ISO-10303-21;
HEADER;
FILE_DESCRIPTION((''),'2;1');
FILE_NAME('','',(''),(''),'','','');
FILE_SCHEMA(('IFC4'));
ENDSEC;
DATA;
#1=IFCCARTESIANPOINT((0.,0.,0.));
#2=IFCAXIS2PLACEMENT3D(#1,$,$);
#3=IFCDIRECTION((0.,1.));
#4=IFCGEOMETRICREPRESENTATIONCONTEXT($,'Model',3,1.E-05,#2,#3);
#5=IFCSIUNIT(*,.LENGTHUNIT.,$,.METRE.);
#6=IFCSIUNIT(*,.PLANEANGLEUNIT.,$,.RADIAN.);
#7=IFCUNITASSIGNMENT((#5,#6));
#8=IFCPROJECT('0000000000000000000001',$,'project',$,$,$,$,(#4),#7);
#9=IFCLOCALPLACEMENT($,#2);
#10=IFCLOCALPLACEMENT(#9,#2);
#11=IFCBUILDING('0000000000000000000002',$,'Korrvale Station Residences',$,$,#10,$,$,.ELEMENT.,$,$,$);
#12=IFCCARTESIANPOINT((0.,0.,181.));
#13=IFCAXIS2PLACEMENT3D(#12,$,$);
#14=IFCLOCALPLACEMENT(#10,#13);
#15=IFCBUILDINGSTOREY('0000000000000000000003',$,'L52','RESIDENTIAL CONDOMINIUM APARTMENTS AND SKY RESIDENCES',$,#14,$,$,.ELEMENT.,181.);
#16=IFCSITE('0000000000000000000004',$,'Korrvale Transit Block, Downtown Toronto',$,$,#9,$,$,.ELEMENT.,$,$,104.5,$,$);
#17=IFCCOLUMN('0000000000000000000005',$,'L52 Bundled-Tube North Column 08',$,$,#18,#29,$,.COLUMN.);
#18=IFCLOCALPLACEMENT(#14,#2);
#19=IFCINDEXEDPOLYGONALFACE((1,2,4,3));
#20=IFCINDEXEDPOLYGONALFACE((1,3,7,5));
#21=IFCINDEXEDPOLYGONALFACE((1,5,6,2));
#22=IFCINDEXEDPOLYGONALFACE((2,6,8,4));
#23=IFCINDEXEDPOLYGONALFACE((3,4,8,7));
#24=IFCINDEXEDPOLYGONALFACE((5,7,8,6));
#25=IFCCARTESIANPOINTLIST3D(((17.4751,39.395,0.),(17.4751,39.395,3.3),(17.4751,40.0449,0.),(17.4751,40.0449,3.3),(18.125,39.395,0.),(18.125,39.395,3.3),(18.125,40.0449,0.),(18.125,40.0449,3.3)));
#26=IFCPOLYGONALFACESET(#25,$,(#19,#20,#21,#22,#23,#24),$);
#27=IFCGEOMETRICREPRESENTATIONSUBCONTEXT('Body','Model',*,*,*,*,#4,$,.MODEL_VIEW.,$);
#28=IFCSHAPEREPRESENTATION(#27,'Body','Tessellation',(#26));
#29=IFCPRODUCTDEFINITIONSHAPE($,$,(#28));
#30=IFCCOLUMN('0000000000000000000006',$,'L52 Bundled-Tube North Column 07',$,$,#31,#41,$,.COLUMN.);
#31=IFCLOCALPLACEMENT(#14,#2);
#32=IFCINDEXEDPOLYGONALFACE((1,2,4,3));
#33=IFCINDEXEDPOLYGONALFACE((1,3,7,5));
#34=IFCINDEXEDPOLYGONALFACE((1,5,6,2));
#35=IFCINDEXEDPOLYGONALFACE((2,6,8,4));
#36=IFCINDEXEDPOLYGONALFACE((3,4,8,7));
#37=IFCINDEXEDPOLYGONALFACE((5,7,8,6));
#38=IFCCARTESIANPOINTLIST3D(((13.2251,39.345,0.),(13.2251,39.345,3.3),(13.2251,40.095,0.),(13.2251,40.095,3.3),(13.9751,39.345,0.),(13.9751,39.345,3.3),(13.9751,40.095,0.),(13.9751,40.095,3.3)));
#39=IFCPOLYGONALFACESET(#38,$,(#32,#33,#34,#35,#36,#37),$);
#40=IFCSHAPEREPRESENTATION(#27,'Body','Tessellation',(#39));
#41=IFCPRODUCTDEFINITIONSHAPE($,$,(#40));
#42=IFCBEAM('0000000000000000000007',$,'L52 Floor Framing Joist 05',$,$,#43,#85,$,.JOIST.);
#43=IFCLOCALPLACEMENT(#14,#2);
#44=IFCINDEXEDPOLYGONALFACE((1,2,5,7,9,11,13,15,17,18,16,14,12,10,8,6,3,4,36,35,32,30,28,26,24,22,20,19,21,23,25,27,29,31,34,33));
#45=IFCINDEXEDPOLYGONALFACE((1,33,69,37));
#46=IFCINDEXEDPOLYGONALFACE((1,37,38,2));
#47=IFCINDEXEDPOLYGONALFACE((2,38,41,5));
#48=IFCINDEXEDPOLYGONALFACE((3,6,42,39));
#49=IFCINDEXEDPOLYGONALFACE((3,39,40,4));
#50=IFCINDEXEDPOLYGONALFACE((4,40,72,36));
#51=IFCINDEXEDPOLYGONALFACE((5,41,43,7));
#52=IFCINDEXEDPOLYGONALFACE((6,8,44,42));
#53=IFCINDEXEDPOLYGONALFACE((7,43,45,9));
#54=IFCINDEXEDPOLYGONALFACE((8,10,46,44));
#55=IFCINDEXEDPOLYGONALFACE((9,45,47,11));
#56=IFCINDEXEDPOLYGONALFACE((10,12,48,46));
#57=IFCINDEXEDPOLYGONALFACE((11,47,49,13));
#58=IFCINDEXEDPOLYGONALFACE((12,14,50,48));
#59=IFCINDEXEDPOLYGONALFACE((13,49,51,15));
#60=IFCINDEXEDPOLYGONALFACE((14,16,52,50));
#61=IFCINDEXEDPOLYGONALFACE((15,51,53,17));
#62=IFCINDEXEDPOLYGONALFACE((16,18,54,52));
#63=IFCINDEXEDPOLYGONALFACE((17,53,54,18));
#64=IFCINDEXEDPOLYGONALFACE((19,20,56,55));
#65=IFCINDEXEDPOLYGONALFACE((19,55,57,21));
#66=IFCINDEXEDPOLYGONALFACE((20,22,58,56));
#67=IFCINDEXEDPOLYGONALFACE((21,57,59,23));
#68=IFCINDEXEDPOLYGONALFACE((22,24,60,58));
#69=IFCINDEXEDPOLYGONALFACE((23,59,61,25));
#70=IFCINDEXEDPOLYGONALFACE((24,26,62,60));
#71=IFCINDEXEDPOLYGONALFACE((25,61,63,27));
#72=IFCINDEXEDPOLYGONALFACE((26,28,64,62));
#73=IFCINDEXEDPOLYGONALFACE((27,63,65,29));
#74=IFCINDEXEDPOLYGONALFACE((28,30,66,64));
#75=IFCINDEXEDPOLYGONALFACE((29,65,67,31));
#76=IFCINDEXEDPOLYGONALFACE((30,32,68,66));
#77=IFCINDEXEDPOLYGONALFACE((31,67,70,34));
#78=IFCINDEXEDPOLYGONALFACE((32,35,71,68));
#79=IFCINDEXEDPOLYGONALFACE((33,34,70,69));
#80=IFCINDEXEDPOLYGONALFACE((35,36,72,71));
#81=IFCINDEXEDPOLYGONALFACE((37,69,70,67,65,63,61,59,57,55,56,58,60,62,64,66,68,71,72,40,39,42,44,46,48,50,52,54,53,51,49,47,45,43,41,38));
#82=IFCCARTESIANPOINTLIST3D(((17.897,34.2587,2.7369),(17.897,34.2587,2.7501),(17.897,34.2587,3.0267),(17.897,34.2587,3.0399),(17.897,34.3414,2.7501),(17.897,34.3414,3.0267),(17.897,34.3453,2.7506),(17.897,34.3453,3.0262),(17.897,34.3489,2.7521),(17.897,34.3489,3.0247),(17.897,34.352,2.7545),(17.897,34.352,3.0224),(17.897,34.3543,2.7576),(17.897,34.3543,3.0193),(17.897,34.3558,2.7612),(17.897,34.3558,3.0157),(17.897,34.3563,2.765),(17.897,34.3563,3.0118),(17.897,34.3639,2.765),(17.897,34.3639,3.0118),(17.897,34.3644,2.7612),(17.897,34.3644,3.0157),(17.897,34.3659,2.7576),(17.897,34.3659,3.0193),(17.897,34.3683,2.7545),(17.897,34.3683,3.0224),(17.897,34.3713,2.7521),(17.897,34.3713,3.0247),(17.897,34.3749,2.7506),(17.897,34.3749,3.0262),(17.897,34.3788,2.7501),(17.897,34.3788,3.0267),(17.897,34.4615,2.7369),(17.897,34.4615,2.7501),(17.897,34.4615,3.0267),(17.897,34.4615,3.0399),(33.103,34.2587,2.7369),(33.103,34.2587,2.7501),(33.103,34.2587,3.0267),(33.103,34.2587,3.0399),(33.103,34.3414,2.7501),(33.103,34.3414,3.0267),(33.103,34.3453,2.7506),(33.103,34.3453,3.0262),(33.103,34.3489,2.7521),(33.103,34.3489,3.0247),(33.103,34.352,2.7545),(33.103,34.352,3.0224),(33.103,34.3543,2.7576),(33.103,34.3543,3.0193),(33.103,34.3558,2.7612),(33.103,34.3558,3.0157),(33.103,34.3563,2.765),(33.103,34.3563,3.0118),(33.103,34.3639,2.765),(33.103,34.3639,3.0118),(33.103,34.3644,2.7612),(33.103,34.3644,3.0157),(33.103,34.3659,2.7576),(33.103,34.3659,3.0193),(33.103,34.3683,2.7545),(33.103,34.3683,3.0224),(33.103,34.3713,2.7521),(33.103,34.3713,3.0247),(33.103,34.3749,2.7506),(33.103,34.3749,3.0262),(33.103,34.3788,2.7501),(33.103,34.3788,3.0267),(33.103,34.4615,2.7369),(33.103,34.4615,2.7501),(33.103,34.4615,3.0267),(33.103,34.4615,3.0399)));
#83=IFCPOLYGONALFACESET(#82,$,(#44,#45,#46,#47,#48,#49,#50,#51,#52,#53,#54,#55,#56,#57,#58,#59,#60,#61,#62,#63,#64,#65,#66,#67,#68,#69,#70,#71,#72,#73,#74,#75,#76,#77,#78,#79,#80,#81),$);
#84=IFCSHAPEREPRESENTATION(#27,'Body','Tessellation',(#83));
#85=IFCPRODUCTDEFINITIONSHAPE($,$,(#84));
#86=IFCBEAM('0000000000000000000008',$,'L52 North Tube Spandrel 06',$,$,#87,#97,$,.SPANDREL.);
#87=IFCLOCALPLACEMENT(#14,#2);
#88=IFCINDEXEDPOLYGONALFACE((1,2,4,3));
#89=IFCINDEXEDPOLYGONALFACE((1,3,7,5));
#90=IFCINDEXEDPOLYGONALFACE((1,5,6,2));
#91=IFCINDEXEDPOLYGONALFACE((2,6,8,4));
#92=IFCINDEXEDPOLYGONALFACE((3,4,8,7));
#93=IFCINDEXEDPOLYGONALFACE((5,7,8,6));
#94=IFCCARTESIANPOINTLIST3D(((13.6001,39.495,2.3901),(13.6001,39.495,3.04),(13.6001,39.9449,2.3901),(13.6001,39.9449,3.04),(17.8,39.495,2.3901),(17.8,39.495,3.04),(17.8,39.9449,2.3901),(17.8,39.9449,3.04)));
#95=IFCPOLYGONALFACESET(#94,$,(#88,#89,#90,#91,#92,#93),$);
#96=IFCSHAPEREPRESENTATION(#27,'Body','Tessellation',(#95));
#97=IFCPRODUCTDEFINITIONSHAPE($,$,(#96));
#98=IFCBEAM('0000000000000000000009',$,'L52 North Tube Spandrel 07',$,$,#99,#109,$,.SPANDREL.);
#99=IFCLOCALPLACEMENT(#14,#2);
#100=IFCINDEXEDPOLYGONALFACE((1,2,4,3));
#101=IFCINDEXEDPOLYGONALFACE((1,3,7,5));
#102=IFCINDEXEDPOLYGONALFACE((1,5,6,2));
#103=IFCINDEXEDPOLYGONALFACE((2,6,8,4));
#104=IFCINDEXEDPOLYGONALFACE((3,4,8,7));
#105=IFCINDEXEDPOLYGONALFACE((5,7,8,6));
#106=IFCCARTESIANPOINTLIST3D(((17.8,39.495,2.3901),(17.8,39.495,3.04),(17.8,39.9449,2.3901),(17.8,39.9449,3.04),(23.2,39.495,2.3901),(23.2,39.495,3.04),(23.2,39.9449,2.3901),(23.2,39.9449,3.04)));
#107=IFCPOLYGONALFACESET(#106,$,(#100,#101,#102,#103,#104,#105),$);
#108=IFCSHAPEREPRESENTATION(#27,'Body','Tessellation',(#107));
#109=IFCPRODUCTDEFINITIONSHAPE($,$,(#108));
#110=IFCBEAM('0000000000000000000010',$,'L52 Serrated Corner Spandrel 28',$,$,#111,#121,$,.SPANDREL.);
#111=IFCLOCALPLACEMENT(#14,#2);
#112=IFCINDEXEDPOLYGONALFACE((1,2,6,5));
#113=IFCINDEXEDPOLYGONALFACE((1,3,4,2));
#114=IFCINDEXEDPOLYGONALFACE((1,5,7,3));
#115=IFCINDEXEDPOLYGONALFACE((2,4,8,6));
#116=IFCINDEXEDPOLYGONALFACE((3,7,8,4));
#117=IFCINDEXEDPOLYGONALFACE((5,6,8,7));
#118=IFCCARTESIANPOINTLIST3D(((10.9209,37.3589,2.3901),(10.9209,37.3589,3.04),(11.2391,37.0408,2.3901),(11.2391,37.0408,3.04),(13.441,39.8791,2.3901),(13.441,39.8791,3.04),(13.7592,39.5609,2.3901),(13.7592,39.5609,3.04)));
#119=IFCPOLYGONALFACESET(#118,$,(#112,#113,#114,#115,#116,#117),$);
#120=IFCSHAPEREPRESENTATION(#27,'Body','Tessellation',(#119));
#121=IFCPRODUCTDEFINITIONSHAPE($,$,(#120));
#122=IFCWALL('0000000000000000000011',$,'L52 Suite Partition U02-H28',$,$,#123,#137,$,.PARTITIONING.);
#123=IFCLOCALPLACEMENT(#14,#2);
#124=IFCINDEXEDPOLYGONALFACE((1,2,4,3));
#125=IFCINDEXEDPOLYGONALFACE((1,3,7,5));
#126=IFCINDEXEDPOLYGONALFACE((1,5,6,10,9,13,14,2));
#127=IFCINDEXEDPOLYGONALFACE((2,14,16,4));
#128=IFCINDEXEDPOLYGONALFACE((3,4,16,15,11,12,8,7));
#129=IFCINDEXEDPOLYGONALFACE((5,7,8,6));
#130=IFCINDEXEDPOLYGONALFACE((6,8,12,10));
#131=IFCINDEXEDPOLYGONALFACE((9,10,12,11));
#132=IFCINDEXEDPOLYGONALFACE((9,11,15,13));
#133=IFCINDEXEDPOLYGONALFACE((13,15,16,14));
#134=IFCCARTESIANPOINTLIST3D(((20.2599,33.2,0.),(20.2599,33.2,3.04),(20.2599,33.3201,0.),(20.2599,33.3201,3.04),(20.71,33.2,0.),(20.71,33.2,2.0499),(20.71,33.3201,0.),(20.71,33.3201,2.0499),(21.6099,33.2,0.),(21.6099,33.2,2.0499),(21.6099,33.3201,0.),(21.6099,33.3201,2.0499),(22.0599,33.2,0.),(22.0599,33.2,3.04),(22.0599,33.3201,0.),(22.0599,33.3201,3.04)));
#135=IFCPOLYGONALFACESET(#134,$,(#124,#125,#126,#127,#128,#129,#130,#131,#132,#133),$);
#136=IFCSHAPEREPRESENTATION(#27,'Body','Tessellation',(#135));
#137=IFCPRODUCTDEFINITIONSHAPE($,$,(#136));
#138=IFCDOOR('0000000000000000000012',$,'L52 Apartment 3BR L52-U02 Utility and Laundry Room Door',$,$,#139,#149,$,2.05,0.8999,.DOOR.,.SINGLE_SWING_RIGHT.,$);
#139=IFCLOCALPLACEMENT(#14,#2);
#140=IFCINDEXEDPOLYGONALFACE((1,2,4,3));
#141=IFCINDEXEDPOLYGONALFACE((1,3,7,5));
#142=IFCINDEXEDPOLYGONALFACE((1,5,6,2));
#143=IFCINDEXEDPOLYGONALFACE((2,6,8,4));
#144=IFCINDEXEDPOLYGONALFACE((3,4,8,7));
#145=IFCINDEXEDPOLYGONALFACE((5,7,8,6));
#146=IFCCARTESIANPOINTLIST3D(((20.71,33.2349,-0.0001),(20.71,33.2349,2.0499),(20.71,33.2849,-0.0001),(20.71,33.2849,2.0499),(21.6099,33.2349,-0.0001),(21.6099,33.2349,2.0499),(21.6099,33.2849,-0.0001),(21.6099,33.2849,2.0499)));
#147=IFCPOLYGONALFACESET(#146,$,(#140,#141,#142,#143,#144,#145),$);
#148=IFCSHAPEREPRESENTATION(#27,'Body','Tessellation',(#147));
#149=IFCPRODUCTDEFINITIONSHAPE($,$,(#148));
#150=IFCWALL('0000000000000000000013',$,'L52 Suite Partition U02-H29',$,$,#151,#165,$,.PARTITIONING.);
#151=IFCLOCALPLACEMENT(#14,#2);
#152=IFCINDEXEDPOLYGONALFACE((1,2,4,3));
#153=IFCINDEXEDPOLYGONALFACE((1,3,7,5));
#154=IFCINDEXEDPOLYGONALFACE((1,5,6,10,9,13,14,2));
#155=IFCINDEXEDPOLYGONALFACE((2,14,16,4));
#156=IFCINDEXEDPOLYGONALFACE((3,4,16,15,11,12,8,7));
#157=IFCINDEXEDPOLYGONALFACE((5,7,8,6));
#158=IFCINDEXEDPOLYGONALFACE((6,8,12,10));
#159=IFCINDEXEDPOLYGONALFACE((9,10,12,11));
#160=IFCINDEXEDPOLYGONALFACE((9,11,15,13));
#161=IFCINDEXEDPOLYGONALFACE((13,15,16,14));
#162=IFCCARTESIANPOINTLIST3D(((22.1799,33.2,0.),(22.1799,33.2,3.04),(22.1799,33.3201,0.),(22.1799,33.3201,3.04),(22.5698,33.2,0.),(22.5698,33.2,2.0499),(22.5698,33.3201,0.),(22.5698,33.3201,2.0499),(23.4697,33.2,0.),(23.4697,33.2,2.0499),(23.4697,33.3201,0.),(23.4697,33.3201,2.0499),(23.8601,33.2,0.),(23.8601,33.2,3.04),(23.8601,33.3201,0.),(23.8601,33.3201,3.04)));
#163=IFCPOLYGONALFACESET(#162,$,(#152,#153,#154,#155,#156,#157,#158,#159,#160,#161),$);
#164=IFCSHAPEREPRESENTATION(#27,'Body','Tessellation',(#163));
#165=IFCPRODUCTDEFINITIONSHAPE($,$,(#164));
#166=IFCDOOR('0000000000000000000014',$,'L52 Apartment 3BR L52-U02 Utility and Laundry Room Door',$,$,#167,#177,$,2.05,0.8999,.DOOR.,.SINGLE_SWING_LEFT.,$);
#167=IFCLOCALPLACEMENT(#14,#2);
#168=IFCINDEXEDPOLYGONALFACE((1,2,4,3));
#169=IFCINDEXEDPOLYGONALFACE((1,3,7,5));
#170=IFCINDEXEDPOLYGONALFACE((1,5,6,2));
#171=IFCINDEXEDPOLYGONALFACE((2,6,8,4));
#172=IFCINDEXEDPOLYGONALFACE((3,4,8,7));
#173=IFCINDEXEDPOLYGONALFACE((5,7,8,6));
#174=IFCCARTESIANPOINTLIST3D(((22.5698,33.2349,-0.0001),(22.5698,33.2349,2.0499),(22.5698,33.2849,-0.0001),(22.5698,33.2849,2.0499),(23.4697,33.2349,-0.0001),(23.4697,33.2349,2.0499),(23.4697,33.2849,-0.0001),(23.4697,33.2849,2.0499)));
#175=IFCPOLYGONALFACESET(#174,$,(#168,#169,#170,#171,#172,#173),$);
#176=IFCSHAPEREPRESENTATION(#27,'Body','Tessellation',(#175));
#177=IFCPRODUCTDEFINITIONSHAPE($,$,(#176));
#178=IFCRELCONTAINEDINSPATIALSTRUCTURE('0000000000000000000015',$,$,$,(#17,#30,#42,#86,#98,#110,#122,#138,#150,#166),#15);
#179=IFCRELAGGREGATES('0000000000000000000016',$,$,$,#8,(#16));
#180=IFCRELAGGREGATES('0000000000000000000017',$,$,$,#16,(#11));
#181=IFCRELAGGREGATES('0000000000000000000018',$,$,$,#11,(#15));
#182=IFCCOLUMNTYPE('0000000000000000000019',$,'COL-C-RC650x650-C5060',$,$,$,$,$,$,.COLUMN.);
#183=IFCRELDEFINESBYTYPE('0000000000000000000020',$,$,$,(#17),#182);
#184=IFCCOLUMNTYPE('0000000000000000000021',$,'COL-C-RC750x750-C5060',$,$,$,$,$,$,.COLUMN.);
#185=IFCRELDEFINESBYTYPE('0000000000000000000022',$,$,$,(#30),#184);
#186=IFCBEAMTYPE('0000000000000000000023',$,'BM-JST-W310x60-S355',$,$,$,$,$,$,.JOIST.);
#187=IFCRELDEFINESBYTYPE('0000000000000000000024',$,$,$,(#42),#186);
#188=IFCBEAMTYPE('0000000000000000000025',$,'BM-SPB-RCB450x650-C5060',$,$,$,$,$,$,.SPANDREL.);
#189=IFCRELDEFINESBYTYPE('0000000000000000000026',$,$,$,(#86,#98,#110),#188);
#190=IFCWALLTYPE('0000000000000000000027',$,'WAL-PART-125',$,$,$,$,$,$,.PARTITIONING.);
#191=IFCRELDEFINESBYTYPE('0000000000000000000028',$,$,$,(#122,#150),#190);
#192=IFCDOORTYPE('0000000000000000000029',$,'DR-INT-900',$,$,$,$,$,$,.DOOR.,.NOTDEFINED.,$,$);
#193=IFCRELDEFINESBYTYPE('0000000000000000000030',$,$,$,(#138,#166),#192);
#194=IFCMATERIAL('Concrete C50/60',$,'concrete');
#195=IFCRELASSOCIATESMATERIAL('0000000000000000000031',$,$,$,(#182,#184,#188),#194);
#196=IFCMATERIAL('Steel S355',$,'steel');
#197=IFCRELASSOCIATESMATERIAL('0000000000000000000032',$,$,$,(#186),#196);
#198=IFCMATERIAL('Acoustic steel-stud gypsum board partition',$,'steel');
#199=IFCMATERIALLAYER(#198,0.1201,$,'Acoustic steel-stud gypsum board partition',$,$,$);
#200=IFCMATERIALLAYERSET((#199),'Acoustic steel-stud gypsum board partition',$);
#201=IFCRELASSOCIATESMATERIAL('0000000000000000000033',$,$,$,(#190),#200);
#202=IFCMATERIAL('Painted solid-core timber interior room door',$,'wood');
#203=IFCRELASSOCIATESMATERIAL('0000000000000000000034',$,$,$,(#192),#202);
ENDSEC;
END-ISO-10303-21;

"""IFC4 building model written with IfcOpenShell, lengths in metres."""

from ifc_helpers import new_model, si_unit, direction, frame, frame_2d, origin, origin_2d, place, context, subcontext, project, spatial, rectangle, i_section, extrude, material, layer, layer_set, material_profile, profile_set, type_object, element, fill, save


model = new_model("IFC4")

# Units and contexts
model_context = context("Model", 3, precision=1e-05, world=origin(), true_north=direction((0.0, 1.0)))
body_context = subcontext(model_context, "Body", "Model", "MODEL_VIEW")
ifc_project = project(units=[si_unit("LENGTHUNIT", "METRE"), si_unit("PLANEANGLEUNIT", "RADIAN")], contexts=[model_context])

# Site, building, storey
site_placement = place(None, origin())
site = spatial("IfcSite", under=ifc_project, at=site_placement, Name="Korrvale Transit Block, Downtown Toronto", CompositionType="ELEMENT", RefElevation=104.5)
building_placement = place(site_placement, origin())
building = spatial("IfcBuilding", under=site, at=building_placement, Name="Korrvale Station Residences", CompositionType="ELEMENT")
storey_placement = place(building_placement, frame((0.0, 0.0, 181.0)))
storey = spatial("IfcBuildingStorey", under=building, at=storey_placement, Name="L52", Description="RESIDENTIAL CONDOMINIUM APARTMENTS AND SKY RESIDENCES", CompositionType="ELEMENT", Elevation=181.0)

# Columns
ifc_material_1 = material(Name="Concrete C50/60", Category="concrete")
ifc_material_profile_1 = material_profile(ifc_material_1, rectangle(XDim=0.6499, YDim=0.6499, at=origin_2d()), Name="RC650x650")
ifc_profile_set_1 = profile_set([ifc_material_profile_1], Name="Concrete C50/60")
column_type_1 = type_object("IfcColumnType", Name="COL-C-RC650x650-C5060", PredefinedType="COLUMN", material=ifc_profile_set_1)
column_1_placement = place(storey_placement, frame((17.8, 39.72, 0.0), z_axis=(0.0, 0.0, 1.0), x_axis=(1.0, 0.0, 0.0)))
element("IfcColumn", 1, at=column_1_placement, inside=storey, type_object=column_type_1, Name="L52 Bundled-Tube North Column 08", PredefinedType="COLUMN", context=body_context, shape_type="SweptSolid", body=[
    extrude(rectangle(XDim=0.6499, YDim=0.6499, at=origin_2d()), origin(), (0.0, 0.0, 1.0), 3.3),
])
ifc_material_profile_2 = material_profile(ifc_material_1, rectangle(XDim=0.75, YDim=0.75, at=origin_2d()), Name="RC750x750")
ifc_profile_set_2 = profile_set([ifc_material_profile_2], Name="Concrete C50/60")
column_type_2 = type_object("IfcColumnType", Name="COL-C-RC750x750-C5060", PredefinedType="COLUMN", material=ifc_profile_set_2)
column_2_placement = place(storey_placement, frame((13.6001, 39.72, 0.0), z_axis=(0.0, 0.0, 1.0), x_axis=(1.0, 0.0, 0.0)))
element("IfcColumn", 2, at=column_2_placement, inside=storey, type_object=column_type_2, Name="L52 Bundled-Tube North Column 07", PredefinedType="COLUMN", context=body_context, shape_type="SweptSolid", body=[
    extrude(rectangle(XDim=0.75, YDim=0.75, at=origin_2d()), origin(), (0.0, 0.0, 1.0), 3.3),
])

# Beams
ifc_material_2 = material(Name="Steel S355", Category="steel")
ifc_material_profile_3 = material_profile(ifc_material_2, i_section(OverallWidth=0.2029, OverallDepth=0.303, WebThickness=0.0076, FlangeThickness=0.0132, FilletRadius=0.0149, at=origin_2d()), Name="W310x60")
ifc_profile_set_3 = profile_set([ifc_material_profile_3], Name="Steel S355")
beam_type_1 = type_object("IfcBeamType", Name="BM-JST-W310x60-S355", PredefinedType="JOIST", material=ifc_profile_set_3)
beam_1_placement = place(storey_placement, frame((17.897, 34.3601, 2.8884), z_axis=(1.0, 0.0, 0.0), x_axis=(0.0, 1.0, 0.0)))
element("IfcBeam", 3, at=beam_1_placement, inside=storey, type_object=beam_type_1, Name="L52 Floor Framing Joist 05", PredefinedType="JOIST", context=body_context, shape_type="SweptSolid", body=[
    extrude(i_section(OverallWidth=0.2029, OverallDepth=0.303, WebThickness=0.0076, FlangeThickness=0.0132, FilletRadius=0.0149, at=origin_2d()), origin(), (0.0, 0.0, 1.0), 15.2061),
])
ifc_material_profile_4 = material_profile(ifc_material_1, rectangle(XDim=0.45, YDim=0.6499, at=origin_2d()), Name="RCB450x650")
ifc_profile_set_4 = profile_set([ifc_material_profile_4], Name="Concrete C50/60")
beam_type_2 = type_object("IfcBeamType", Name="BM-SPB-RCB450x650-C5060", PredefinedType="SPANDREL", material=ifc_profile_set_4)
beam_2_placement = place(storey_placement, frame((13.6001, 39.72, 2.7151), z_axis=(1.0, 0.0, 0.0), x_axis=(0.0, 1.0, 0.0)))
element("IfcBeam", 4, at=beam_2_placement, inside=storey, type_object=beam_type_2, Name="L52 North Tube Spandrel 06", PredefinedType="SPANDREL", context=body_context, shape_type="SweptSolid", body=[
    extrude(rectangle(XDim=0.45, YDim=0.6499, at=origin_2d()), origin(), (0.0, 0.0, 1.0), 4.2),
])
beam_3_placement = place(storey_placement, frame((17.8, 39.72, 2.7151), z_axis=(1.0, 0.0, 0.0), x_axis=(0.0, 1.0, 0.0)))
element("IfcBeam", 5, at=beam_3_placement, inside=storey, type_object=beam_type_2, Name="L52 North Tube Spandrel 07", PredefinedType="SPANDREL", context=body_context, shape_type="SweptSolid", body=[
    extrude(rectangle(XDim=0.45, YDim=0.6499, at=origin_2d()), origin(), (0.0, 0.0, 1.0), 5.3999),
])
beam_4_placement = place(storey_placement, frame((13.6001, 39.72, 2.7151), z_axis=(-0.707107, -0.707107, 0.0), x_axis=(0.707107, -0.707107, 0.0)))
element("IfcBeam", 6, at=beam_4_placement, inside=storey, type_object=beam_type_2, Name="L52 Serrated Corner Spandrel 28", PredefinedType="SPANDREL", context=body_context, shape_type="SweptSolid", body=[
    extrude(rectangle(XDim=0.45, YDim=0.6499, at=origin_2d()), origin(), (0.0, 0.0, 1.0), 3.564),
])

# Walls, openings, doors
ifc_material_3 = material(Name="Acoustic steel-stud gypsum board partition", Category="steel")
ifc_layer_1 = layer(ifc_material_3, 0.1201, Name="Acoustic steel-stud gypsum board partition")
ifc_layer_set_1 = layer_set([ifc_layer_1], Name="Acoustic steel-stud gypsum board partition")
wall_type = type_object("IfcWallType", Name="WAL-PART-125", PredefinedType="PARTITIONING", material=ifc_layer_set_1)
wall_1_placement = place(storey_placement, frame((20.26, 33.26, 0.0), z_axis=(0.0, 0.0, 1.0), x_axis=(1.0, 0.0, 0.0)))
wall_1 = element("IfcWall", 7, at=wall_1_placement, inside=storey, type_object=wall_type, Name="L52 Suite Partition U02-H28", PredefinedType="PARTITIONING", context=body_context, shape_type="SweptSolid", body=[
    extrude(rectangle(XDim=1.8, YDim=0.1201, at=frame_2d((0.8999, 0.0))), origin(), (0.0, 0.0, 1.0), 3.04),
])
opening_1_placement = place(wall_1_placement, frame((0.45, 0.0, 0.0)))
opening_1 = element("IfcOpeningElement", 8, at=opening_1_placement, cuts=wall_1, PredefinedType="OPENING", context=body_context, shape_type="SweptSolid", body=[
    extrude(rectangle(XDim=0.8999, YDim=2.05, at=frame_2d((0.45, 1.0249))), frame((0.0, 0.0701, 0.0), z_axis=(0.0, -1.0, 0.0), x_axis=(1.0, 0.0, 0.0)), (0.0, 0.0, 1.0), 0.1401),
])
ifc_material_4 = material(Name="Painted solid-core timber interior room door", Category="wood")
door_type = type_object("IfcDoorType", Name="DR-INT-900", OperationType="NOTDEFINED", PredefinedType="DOOR", material=ifc_material_4)
door_1_placement = place(opening_1_placement, origin())
door_1 = element("IfcDoor", 9, at=door_1_placement, inside=storey, type_object=door_type, Name="L52 Apartment 3BR L52-U02 Utility and Laundry Room Door", OperationType="SINGLE_SWING_RIGHT", OverallHeight=2.05, OverallWidth=0.8999, PredefinedType="DOOR", context=body_context, shape_type="SweptSolid", body=[
    extrude(rectangle(XDim=0.8999, YDim=2.05, at=frame_2d((0.45, 1.0249))), frame((0.0, 0.0249, 0.0), z_axis=(0.0, -1.0, 0.0), x_axis=(1.0, 0.0, 0.0)), (0.0, 0.0, 1.0), 0.05),
])
fill(opening_1, door_1)
wall_2_placement = place(storey_placement, frame((22.1799, 33.26, 0.0), z_axis=(0.0, 0.0, 1.0), x_axis=(1.0, 0.0, 0.0)))
wall_2 = element("IfcWall", 10, at=wall_2_placement, inside=storey, type_object=wall_type, Name="L52 Suite Partition U02-H29", PredefinedType="PARTITIONING", context=body_context, shape_type="SweptSolid", body=[
    extrude(rectangle(XDim=1.6802, YDim=0.1201, at=frame_2d((0.8401, 0.0))), origin(), (0.0, 0.0, 1.0), 3.04),
])
opening_2_placement = place(wall_2_placement, frame((0.3899, 0.0, 0.0)))
opening_2 = element("IfcOpeningElement", 11, at=opening_2_placement, cuts=wall_2, PredefinedType="OPENING", context=body_context, shape_type="SweptSolid", body=[
    extrude(rectangle(XDim=0.8999, YDim=2.05, at=frame_2d((0.45, 1.0249))), frame((0.0, 0.0701, 0.0), z_axis=(0.0, -1.0, 0.0), x_axis=(1.0, 0.0, 0.0)), (0.0, 0.0, 1.0), 0.1401),
])
door_2_placement = place(opening_2_placement, origin())
door_2 = element("IfcDoor", 12, at=door_2_placement, inside=storey, type_object=door_type, Name="L52 Apartment 3BR L52-U02 Utility and Laundry Room Door", OperationType="SINGLE_SWING_LEFT", OverallHeight=2.05, OverallWidth=0.8999, PredefinedType="DOOR", context=body_context, shape_type="SweptSolid", body=[
    extrude(rectangle(XDim=0.8999, YDim=2.05, at=frame_2d((0.45, 1.0249))), frame((0.0, 0.0249, 0.0), z_axis=(0.0, -1.0, 0.0), x_axis=(1.0, 0.0, 0.0)), (0.0, 0.0, 1.0), 0.05),
])
fill(opening_2, door_2)

save(model, "model.ifc")
